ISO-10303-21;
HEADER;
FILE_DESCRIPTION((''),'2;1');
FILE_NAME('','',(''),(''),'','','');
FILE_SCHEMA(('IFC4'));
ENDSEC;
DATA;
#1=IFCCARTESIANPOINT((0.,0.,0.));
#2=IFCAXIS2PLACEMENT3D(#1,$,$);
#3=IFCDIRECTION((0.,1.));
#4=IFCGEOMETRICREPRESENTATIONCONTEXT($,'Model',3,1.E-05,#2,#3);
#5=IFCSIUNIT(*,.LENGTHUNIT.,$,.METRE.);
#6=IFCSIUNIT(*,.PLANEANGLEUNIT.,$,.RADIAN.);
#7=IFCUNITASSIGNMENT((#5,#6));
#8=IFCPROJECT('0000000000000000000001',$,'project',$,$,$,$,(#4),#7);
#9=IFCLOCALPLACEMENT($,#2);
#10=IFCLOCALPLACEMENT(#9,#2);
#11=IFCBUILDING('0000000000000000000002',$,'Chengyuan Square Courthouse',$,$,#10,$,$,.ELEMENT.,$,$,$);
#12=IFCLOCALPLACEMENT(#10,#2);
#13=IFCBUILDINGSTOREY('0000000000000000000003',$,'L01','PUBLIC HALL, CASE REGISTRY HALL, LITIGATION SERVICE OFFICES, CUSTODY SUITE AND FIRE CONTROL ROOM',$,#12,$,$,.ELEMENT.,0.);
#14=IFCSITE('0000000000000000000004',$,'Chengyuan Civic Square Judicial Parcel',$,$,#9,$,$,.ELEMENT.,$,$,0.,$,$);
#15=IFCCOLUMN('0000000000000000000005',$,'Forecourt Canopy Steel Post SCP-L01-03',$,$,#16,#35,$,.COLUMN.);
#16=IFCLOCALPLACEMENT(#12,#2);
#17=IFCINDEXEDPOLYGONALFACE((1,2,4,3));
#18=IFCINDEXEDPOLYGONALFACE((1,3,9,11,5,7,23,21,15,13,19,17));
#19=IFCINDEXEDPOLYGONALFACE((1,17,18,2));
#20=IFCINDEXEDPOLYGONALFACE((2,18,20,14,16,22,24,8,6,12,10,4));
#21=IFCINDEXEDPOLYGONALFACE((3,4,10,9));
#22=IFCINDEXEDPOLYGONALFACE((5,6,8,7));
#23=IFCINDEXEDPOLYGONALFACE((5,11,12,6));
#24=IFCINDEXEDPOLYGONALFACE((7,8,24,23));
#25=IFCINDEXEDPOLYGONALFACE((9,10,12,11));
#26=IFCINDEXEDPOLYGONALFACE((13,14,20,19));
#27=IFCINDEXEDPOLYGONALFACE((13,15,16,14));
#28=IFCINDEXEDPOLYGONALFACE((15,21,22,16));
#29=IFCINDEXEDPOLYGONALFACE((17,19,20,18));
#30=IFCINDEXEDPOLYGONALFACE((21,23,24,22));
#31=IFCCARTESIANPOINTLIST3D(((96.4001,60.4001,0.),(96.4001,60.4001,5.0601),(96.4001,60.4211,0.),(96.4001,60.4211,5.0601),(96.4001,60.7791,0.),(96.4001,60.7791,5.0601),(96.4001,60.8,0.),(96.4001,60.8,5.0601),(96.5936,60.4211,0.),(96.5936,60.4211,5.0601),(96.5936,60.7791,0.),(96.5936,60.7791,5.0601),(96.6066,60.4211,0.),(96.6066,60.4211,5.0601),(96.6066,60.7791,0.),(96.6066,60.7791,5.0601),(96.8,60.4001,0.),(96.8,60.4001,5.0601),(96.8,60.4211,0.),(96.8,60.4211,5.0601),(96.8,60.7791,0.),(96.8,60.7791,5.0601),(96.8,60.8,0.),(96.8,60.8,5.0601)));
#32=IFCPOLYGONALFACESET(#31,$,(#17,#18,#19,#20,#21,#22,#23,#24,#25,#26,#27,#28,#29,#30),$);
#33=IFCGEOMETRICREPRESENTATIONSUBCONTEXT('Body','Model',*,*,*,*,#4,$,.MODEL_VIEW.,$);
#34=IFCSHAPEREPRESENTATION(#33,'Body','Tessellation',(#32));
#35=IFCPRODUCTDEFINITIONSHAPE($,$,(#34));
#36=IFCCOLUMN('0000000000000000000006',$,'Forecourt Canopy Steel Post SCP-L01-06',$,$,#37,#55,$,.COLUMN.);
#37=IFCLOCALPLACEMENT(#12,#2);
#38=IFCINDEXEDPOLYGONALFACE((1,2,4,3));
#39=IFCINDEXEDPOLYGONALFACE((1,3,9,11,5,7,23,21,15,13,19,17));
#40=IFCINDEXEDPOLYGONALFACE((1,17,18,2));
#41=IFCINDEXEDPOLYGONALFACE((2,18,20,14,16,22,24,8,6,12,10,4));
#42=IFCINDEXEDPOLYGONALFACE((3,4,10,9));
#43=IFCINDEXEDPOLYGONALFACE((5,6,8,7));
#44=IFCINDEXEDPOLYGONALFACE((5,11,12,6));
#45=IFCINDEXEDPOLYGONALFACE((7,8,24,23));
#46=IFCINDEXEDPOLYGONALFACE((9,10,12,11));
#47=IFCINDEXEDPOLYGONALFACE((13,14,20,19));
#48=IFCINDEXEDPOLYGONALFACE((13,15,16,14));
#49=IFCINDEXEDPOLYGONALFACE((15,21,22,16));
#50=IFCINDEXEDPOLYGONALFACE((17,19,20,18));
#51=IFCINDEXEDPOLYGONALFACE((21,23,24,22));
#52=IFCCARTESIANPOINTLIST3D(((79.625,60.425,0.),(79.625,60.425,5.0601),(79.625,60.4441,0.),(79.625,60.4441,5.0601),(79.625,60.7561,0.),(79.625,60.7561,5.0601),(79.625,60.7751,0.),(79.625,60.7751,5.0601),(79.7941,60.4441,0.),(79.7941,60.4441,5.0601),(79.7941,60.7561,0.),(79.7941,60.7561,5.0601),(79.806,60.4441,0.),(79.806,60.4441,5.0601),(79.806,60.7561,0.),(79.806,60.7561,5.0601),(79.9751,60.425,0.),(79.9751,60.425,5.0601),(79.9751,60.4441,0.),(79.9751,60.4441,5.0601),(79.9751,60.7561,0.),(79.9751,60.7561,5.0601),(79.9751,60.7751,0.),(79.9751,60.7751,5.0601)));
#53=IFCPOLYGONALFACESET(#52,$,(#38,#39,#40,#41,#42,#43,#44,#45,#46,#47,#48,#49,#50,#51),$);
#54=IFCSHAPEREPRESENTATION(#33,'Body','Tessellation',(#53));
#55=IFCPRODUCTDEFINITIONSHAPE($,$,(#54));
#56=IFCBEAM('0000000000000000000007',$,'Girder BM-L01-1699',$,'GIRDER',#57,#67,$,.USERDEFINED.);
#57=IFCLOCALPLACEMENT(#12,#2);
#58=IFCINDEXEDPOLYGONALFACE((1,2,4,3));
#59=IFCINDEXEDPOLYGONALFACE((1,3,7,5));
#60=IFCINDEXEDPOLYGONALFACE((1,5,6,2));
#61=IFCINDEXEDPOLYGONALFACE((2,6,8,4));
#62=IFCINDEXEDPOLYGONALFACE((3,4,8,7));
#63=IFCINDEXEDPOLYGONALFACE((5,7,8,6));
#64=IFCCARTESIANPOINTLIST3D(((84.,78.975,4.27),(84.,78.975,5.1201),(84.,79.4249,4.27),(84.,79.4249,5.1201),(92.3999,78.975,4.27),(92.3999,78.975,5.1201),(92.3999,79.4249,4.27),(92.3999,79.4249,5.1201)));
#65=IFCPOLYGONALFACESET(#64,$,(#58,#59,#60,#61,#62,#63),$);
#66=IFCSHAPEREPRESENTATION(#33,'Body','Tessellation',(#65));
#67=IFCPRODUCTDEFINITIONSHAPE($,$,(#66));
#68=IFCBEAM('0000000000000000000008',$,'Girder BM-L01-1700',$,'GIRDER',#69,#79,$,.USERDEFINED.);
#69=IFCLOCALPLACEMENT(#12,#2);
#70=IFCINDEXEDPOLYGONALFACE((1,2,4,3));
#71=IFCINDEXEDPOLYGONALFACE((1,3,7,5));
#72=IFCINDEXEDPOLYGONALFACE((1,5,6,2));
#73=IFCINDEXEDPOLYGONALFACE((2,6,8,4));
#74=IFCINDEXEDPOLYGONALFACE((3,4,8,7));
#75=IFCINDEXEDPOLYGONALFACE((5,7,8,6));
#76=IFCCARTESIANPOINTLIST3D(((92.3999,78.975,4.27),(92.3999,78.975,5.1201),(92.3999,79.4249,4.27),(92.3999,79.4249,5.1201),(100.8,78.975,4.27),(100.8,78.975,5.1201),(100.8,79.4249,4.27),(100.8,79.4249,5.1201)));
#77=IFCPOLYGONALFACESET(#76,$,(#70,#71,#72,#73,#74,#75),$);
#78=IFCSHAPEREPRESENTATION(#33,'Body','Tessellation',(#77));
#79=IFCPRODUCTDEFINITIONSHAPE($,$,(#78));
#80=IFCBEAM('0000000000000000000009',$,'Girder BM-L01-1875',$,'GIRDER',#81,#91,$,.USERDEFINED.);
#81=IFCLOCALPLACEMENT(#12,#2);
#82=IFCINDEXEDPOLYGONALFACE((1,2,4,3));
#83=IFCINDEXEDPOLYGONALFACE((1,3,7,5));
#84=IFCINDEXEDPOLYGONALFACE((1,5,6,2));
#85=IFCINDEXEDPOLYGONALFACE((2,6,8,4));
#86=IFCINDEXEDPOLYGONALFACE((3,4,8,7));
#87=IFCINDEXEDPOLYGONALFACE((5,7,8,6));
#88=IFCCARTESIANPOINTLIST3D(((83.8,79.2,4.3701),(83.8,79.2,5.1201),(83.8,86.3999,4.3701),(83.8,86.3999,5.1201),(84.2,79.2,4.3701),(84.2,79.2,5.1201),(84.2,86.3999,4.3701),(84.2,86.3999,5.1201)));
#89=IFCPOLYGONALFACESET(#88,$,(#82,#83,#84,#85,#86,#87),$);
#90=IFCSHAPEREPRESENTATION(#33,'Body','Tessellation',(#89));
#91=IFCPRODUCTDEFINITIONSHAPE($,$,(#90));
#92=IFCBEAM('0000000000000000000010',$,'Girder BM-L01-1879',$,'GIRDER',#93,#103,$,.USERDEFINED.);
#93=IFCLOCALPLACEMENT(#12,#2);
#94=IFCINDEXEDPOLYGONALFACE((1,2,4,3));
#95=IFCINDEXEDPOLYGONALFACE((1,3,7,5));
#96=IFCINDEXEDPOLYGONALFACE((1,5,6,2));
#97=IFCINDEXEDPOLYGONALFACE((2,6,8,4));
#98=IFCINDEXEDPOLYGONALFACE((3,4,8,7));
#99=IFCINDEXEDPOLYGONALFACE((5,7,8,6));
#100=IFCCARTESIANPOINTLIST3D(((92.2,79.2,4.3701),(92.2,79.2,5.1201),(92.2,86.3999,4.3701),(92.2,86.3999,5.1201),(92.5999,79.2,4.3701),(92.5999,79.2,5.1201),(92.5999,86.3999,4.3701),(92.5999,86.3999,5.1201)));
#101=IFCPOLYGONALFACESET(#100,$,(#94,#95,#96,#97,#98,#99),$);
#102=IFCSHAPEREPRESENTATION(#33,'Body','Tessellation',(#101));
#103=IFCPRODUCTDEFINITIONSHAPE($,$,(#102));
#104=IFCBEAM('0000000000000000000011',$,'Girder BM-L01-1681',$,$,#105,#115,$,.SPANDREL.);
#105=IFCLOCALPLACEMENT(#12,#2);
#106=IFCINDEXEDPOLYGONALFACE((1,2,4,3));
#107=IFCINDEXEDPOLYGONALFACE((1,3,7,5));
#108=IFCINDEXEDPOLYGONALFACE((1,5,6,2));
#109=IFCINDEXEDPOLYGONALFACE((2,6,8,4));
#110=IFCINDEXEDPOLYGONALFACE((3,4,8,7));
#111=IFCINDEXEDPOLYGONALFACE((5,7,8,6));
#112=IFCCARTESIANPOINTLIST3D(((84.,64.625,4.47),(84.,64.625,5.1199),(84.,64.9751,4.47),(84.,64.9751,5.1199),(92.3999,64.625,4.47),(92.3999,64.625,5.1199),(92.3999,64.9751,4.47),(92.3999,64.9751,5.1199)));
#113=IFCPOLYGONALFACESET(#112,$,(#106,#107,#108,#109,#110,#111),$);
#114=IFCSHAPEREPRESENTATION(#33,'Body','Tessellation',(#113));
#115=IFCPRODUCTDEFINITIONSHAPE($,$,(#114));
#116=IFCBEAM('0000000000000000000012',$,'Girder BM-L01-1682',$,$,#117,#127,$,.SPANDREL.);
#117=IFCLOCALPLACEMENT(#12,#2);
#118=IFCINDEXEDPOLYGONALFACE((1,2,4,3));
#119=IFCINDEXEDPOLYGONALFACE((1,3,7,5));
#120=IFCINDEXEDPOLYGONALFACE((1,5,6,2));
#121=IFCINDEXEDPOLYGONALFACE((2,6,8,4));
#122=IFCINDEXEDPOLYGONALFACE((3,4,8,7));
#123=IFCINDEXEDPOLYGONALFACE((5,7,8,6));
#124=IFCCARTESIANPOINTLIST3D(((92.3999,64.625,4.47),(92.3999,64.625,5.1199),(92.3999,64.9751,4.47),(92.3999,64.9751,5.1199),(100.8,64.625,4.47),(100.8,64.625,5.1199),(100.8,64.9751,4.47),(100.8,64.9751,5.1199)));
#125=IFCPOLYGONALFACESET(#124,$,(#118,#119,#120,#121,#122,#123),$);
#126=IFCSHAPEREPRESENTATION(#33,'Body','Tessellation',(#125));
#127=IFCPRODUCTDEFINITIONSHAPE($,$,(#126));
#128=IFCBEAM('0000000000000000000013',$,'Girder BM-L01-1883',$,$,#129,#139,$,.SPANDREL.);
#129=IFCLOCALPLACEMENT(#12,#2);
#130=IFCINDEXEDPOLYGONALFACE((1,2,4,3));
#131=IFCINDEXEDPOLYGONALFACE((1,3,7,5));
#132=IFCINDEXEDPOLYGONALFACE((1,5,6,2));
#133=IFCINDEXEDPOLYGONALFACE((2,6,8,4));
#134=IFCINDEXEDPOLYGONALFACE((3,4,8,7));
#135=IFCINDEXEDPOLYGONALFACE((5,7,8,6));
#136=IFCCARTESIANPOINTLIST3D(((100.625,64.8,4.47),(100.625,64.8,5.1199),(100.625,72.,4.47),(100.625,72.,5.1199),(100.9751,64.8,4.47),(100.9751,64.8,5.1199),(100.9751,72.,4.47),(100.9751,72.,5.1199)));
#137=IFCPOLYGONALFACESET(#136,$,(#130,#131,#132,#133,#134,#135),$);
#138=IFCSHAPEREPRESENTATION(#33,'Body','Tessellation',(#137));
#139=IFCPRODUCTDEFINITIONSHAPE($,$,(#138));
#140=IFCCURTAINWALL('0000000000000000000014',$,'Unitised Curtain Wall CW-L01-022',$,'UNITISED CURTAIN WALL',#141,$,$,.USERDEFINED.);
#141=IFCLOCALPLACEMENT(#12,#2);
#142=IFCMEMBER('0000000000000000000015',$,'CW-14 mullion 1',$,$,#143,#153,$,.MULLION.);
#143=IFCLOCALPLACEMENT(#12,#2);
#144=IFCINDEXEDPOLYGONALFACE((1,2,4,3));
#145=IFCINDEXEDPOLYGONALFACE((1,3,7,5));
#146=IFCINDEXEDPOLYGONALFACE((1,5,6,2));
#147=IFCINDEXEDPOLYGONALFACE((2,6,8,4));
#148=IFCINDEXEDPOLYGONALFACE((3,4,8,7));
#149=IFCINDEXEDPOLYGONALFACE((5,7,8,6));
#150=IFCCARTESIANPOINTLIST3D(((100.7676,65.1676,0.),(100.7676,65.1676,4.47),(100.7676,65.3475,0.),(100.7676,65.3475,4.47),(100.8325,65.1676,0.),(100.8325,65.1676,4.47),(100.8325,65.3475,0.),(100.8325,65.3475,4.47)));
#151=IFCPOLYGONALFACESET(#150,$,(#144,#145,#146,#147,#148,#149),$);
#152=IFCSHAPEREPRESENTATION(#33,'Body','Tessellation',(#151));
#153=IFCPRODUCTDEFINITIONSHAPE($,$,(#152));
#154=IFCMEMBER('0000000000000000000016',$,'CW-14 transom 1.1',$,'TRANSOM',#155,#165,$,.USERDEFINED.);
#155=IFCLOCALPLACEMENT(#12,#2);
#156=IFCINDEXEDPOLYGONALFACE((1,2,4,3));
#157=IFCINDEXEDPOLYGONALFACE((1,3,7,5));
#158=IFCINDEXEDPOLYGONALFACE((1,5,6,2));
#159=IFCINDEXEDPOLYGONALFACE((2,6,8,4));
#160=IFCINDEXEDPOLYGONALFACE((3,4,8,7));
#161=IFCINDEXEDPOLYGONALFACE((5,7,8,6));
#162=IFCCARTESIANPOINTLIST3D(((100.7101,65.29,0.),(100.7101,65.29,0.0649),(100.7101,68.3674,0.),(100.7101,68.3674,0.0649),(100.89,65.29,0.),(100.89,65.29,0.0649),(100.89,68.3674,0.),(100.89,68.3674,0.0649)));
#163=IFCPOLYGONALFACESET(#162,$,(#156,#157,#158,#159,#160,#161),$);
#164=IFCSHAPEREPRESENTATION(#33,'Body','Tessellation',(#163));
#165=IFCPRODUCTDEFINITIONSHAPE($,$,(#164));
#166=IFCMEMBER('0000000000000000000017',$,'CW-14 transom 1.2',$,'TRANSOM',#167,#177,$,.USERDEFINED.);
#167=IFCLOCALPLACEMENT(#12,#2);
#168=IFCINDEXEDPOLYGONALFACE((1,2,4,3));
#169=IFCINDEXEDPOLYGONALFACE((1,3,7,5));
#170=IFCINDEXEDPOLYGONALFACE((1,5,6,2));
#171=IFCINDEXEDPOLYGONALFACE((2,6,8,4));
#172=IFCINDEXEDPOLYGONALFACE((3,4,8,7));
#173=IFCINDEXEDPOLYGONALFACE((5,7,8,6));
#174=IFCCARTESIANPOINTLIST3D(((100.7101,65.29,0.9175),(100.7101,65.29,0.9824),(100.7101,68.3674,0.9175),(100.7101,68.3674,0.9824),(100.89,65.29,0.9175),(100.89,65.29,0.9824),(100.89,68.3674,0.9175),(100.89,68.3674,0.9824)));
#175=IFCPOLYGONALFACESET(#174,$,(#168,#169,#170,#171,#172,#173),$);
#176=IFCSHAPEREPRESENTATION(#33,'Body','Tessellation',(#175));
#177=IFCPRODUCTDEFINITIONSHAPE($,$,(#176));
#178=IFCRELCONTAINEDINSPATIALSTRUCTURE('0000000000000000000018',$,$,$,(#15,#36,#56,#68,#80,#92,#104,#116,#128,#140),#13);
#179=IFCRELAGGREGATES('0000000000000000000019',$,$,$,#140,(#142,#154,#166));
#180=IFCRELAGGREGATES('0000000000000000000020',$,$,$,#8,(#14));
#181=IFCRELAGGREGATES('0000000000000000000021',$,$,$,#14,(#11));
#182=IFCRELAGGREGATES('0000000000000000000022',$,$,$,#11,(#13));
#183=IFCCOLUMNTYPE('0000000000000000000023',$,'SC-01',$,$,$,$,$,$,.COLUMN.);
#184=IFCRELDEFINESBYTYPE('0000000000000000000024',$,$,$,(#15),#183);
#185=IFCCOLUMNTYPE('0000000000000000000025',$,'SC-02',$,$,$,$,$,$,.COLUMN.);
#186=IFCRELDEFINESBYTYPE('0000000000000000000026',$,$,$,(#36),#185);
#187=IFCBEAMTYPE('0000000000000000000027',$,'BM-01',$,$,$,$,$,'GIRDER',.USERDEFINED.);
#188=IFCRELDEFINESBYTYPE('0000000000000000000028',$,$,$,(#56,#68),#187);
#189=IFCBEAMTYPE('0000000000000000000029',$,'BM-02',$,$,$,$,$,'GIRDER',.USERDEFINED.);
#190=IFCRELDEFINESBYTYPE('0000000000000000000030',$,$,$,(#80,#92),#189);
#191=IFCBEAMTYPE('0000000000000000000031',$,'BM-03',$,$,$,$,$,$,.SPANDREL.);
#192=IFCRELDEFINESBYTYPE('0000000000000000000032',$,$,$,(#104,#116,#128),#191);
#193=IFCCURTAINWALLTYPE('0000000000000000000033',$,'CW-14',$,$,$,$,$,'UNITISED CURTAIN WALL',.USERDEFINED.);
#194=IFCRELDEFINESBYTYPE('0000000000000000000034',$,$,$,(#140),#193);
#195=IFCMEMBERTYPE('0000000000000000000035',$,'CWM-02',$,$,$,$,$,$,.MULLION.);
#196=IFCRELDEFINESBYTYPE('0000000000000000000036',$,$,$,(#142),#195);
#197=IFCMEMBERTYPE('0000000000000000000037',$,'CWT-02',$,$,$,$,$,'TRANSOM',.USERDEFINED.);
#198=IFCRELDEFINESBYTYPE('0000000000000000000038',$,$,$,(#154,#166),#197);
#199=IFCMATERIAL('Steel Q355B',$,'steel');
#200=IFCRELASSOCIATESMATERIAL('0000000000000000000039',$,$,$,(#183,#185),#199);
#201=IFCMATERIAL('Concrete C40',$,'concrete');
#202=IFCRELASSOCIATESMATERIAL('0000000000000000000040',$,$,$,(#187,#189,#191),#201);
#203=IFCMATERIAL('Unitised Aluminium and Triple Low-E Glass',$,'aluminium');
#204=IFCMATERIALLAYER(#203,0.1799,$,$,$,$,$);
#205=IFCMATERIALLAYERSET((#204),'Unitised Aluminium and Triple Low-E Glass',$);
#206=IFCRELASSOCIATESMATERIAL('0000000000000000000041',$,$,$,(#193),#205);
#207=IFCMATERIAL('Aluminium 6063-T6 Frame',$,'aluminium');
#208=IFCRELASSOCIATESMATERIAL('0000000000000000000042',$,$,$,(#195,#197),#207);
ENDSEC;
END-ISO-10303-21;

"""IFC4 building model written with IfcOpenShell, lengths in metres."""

from ifc_helpers import new_model, si_unit, direction, frame, origin, origin_2d, place, context, subcontext, project, spatial, rectangle, i_section, extrude, material, layer, layer_set, material_profile, profile_set, type_object, element, aggregate, save


model = new_model("IFC4")

# Units and contexts
model_context = context("Model", 3, precision=1e-05, world=origin(), true_north=direction((0.0, 1.0)))
body_context = subcontext(model_context, "Body", "Model", "MODEL_VIEW")
ifc_project = project(units=[si_unit("LENGTHUNIT", "METRE"), si_unit("PLANEANGLEUNIT", "RADIAN")], contexts=[model_context])

# Site, building, storey
site_placement = place(None, origin())
site = spatial("IfcSite", under=ifc_project, at=site_placement, Name="Chengyuan Civic Square Judicial Parcel", CompositionType="ELEMENT", RefElevation=0.0)
building_placement = place(site_placement, origin())
building = spatial("IfcBuilding", under=site, at=building_placement, Name="Chengyuan Square Courthouse", CompositionType="ELEMENT")
storey_placement = place(building_placement, origin())
storey = spatial("IfcBuildingStorey", under=building, at=storey_placement, Name="L01", Description="PUBLIC HALL, CASE REGISTRY HALL, LITIGATION SERVICE OFFICES, CUSTODY SUITE AND FIRE CONTROL ROOM", CompositionType="ELEMENT", Elevation=0.0)

# Columns
ifc_material_1 = material(Name="Steel Q355B", Category="steel")
ifc_material_profile_1 = material_profile(ifc_material_1, i_section(OverallWidth=0.3999, OverallDepth=0.3999, WebThickness=0.0129, FlangeThickness=0.021, at=origin_2d()), Name="HW 400x400x13x21")
ifc_profile_set_1 = profile_set([ifc_material_profile_1], Name="Steel Q355B")
column_type_1 = type_object("IfcColumnType", Name="SC-01", PredefinedType="COLUMN", material=ifc_profile_set_1)
for number, where, z_axis, x_axis, name in (
    (1, (96.6001, 60.6001, 0.0), (0.0, 0.0, 1.0), (1.0, 0.0, 0.0), "Forecourt Canopy Steel Post SCP-L01-03"),
):
    element("IfcColumn", number, at=place(storey_placement, frame(where, z_axis=z_axis, x_axis=x_axis)), inside=storey, type_object=column_type_1, Name=name, PredefinedType="COLUMN", context=body_context, shape_type="SweptSolid", body=[
        extrude(i_section(OverallWidth=0.3999, OverallDepth=0.3999, WebThickness=0.0129, FlangeThickness=0.021, at=origin_2d()), origin(), (0.0, 0.0, 1.0), 5.0601),
    ])
ifc_material_profile_2 = material_profile(ifc_material_1, i_section(OverallWidth=0.3501, OverallDepth=0.3501, WebThickness=0.012, FlangeThickness=0.019, at=origin_2d()), Name="HW 350x350x12x19")
ifc_profile_set_2 = profile_set([ifc_material_profile_2], Name="Steel Q355B")
column_type_2 = type_object("IfcColumnType", Name="SC-02", PredefinedType="COLUMN", material=ifc_profile_set_2)
column_placement = place(storey_placement, frame((79.8, 60.6001, 0.0), z_axis=(0.0, 0.0, 1.0), x_axis=(1.0, 0.0, 0.0)))
element("IfcColumn", 2, at=column_placement, inside=storey, type_object=column_type_2, Name="Forecourt Canopy Steel Post SCP-L01-06", PredefinedType="COLUMN", context=body_context, shape_type="SweptSolid", body=[
    extrude(i_section(OverallWidth=0.3501, OverallDepth=0.3501, WebThickness=0.012, FlangeThickness=0.019, at=origin_2d()), origin(), (0.0, 0.0, 1.0), 5.0601),
])

# Beams
ifc_material_2 = material(Name="Concrete C40", Category="concrete")
ifc_material_profile_3 = material_profile(ifc_material_2, rectangle(XDim=0.45, YDim=0.8501, at=origin_2d()), Name="RC-BM-450x850")
ifc_profile_set_3 = profile_set([ifc_material_profile_3], Name="Concrete C40")
beam_type_1 = type_object("IfcBeamType", Name="BM-01", ElementType="GIRDER", PredefinedType="USERDEFINED", material=ifc_profile_set_3)
beam_1_placement = place(storey_placement, frame((84.0, 79.2, 4.6951), z_axis=(1.0, 0.0, 0.0), x_axis=(0.0, 1.0, 0.0)))
element("IfcBeam", 3, at=beam_1_placement, inside=storey, type_object=beam_type_1, Name="Girder BM-L01-1699", ObjectType="GIRDER", PredefinedType="USERDEFINED", context=body_context, shape_type="SweptSolid", body=[
    extrude(rectangle(XDim=0.45, YDim=0.8501, at=origin_2d()), origin(), (0.0, 0.0, 1.0), 8.3999),
])
beam_2_placement = place(storey_placement, frame((92.3999, 79.2, 4.6951), z_axis=(1.0, 0.0, 0.0), x_axis=(0.0, 1.0, 0.0)))
element("IfcBeam", 4, at=beam_2_placement, inside=storey, type_object=beam_type_1, Name="Girder BM-L01-1700", ObjectType="GIRDER", PredefinedType="USERDEFINED", context=body_context, shape_type="SweptSolid", body=[
    extrude(rectangle(XDim=0.45, YDim=0.8501, at=origin_2d()), origin(), (0.0, 0.0, 1.0), 8.4001),
])
ifc_material_profile_4 = material_profile(ifc_material_2, rectangle(XDim=0.3999, YDim=0.75, at=origin_2d()), Name="RC-BM-400x750")
ifc_profile_set_4 = profile_set([ifc_material_profile_4], Name="Concrete C40")
beam_type_2 = type_object("IfcBeamType", Name="BM-02", ElementType="GIRDER", PredefinedType="USERDEFINED", material=ifc_profile_set_4)
for number, where, z_axis, x_axis, name in (
    (5, (84.0, 79.2, 4.7451), (0.0, 1.0, 0.0), (-1.0, 0.0, 0.0), "Girder BM-L01-1875"),
    (6, (92.3999, 79.2, 4.7451), (0.0, 1.0, 0.0), (-1.0, 0.0, 0.0), "Girder BM-L01-1879"),
):
    element("IfcBeam", number, at=place(storey_placement, frame(where, z_axis=z_axis, x_axis=x_axis)), inside=storey, type_object=beam_type_2, Name=name, ObjectType="GIRDER", PredefinedType="USERDEFINED", context=body_context, shape_type="SweptSolid", body=[
        extrude(rectangle(XDim=0.3999, YDim=0.75, at=origin_2d()), origin(), (0.0, 0.0, 1.0), 7.2),
    ])
ifc_material_profile_5 = material_profile(ifc_material_2, rectangle(XDim=0.3501, YDim=0.6499, at=origin_2d()), Name="RC-BM-350x650")
ifc_profile_set_5 = profile_set([ifc_material_profile_5], Name="Concrete C40")
beam_type_3 = type_object("IfcBeamType", Name="BM-03", PredefinedType="SPANDREL", material=ifc_profile_set_5)
beam_3_placement = place(storey_placement, frame((84.0, 64.8, 4.7949), z_axis=(1.0, 0.0, 0.0), x_axis=(0.0, 1.0, 0.0)))
element("IfcBeam", 7, at=beam_3_placement, inside=storey, type_object=beam_type_3, Name="Girder BM-L01-1681", PredefinedType="SPANDREL", context=body_context, shape_type="SweptSolid", body=[
    extrude(rectangle(XDim=0.3501, YDim=0.6499, at=origin_2d()), origin(), (0.0, 0.0, 1.0), 8.3999),
])
beam_4_placement = place(storey_placement, frame((92.3999, 64.8, 4.7949), z_axis=(1.0, 0.0, 0.0), x_axis=(0.0, 1.0, 0.0)))
element("IfcBeam", 8, at=beam_4_placement, inside=storey, type_object=beam_type_3, Name="Girder BM-L01-1682", PredefinedType="SPANDREL", context=body_context, shape_type="SweptSolid", body=[
    extrude(rectangle(XDim=0.3501, YDim=0.6499, at=origin_2d()), origin(), (0.0, 0.0, 1.0), 8.4001),
])
beam_5_placement = place(storey_placement, frame((100.8, 64.8, 4.7949), z_axis=(0.0, 1.0, 0.0), x_axis=(-1.0, 0.0, 0.0)))
element("IfcBeam", 9, at=beam_5_placement, inside=storey, type_object=beam_type_3, Name="Girder BM-L01-1883", PredefinedType="SPANDREL", context=body_context, shape_type="SweptSolid", body=[
    extrude(rectangle(XDim=0.3501, YDim=0.6499, at=origin_2d()), origin(), (0.0, 0.0, 1.0), 7.2),
])

# Curtain wall, members
ifc_material_3 = material(Name="Unitised Aluminium and Triple Low-E Glass", Category="aluminium")
ifc_layer_1 = layer(ifc_material_3, 0.1799)
ifc_layer_set_1 = layer_set([ifc_layer_1], Name="Unitised Aluminium and Triple Low-E Glass")
curtain_wall_type = type_object("IfcCurtainWallType", Name="CW-14", ElementType="UNITISED CURTAIN WALL", PredefinedType="USERDEFINED", material=ifc_layer_set_1)
curtain_wall_placement = place(storey_placement, origin())
curtain_wall = element("IfcCurtainWall", 10, at=curtain_wall_placement, inside=storey, type_object=curtain_wall_type, Name="Unitised Curtain Wall CW-L01-022", ObjectType="UNITISED CURTAIN WALL", PredefinedType="USERDEFINED")
ifc_material_4 = material(Name="Aluminium 6063-T6 Frame", Category="aluminium")
ifc_material_profile_6 = material_profile(ifc_material_4, rectangle(XDim=0.0649, YDim=0.1799, at=origin_2d()), Name="CW-MUL-65x180")
ifc_profile_set_6 = profile_set([ifc_material_profile_6], Name="Aluminium 6063-T6 Frame")
member_type_1 = type_object("IfcMemberType", Name="CWM-02", PredefinedType="MULLION", material=ifc_profile_set_6)
member_1_placement = place(storey_placement, frame((100.8, 65.2576, 0.0), z_axis=(0.0, 0.0, 1.0), x_axis=(-1.0, 0.0, 0.0)))
member_1 = element("IfcMember", 11, at=member_1_placement, type_object=member_type_1, Name="CW-14 mullion 1", PredefinedType="MULLION", context=body_context, shape_type="SweptSolid", body=[
    extrude(rectangle(XDim=0.0649, YDim=0.1799, at=origin_2d()), origin(), (0.0, 0.0, 1.0), 4.47),
])
ifc_material_profile_7 = material_profile(ifc_material_4, rectangle(XDim=0.1799, YDim=0.0649, at=origin_2d()), Name="CW-TRN-65x140")
ifc_profile_set_7 = profile_set([ifc_material_profile_7], Name="Aluminium 6063-T6 Frame")
member_type_2 = type_object("IfcMemberType", Name="CWT-02", ElementType="TRANSOM", PredefinedType="USERDEFINED", material=ifc_profile_set_7)
member_2_placement = place(storey_placement, frame((100.8, 65.29, 0.0325), z_axis=(0.0, 1.0, 0.0), x_axis=(-1.0, 0.0, 0.0)))
member_2 = element("IfcMember", 12, at=member_2_placement, type_object=member_type_2, Name="CW-14 transom 1.1", ObjectType="TRANSOM", PredefinedType="USERDEFINED", context=body_context, shape_type="SweptSolid", body=[
    extrude(rectangle(XDim=0.1799, YDim=0.0649, at=origin_2d()), origin(), (0.0, 0.0, 1.0), 3.0774),
])
member_3_placement = place(storey_placement, frame((100.8, 65.29, 0.95), z_axis=(0.0, 1.0, 0.0), x_axis=(-1.0, 0.0, 0.0)))
member_3 = element("IfcMember", 13, at=member_3_placement, type_object=member_type_2, Name="CW-14 transom 1.2", ObjectType="TRANSOM", PredefinedType="USERDEFINED", context=body_context, shape_type="SweptSolid", body=[
    extrude(rectangle(XDim=0.1799, YDim=0.0649, at=origin_2d()), origin(), (0.0, 0.0, 1.0), 3.0774),
])
aggregate(curtain_wall, [member_1, member_2, member_3])

save(model, "model.ifc")
